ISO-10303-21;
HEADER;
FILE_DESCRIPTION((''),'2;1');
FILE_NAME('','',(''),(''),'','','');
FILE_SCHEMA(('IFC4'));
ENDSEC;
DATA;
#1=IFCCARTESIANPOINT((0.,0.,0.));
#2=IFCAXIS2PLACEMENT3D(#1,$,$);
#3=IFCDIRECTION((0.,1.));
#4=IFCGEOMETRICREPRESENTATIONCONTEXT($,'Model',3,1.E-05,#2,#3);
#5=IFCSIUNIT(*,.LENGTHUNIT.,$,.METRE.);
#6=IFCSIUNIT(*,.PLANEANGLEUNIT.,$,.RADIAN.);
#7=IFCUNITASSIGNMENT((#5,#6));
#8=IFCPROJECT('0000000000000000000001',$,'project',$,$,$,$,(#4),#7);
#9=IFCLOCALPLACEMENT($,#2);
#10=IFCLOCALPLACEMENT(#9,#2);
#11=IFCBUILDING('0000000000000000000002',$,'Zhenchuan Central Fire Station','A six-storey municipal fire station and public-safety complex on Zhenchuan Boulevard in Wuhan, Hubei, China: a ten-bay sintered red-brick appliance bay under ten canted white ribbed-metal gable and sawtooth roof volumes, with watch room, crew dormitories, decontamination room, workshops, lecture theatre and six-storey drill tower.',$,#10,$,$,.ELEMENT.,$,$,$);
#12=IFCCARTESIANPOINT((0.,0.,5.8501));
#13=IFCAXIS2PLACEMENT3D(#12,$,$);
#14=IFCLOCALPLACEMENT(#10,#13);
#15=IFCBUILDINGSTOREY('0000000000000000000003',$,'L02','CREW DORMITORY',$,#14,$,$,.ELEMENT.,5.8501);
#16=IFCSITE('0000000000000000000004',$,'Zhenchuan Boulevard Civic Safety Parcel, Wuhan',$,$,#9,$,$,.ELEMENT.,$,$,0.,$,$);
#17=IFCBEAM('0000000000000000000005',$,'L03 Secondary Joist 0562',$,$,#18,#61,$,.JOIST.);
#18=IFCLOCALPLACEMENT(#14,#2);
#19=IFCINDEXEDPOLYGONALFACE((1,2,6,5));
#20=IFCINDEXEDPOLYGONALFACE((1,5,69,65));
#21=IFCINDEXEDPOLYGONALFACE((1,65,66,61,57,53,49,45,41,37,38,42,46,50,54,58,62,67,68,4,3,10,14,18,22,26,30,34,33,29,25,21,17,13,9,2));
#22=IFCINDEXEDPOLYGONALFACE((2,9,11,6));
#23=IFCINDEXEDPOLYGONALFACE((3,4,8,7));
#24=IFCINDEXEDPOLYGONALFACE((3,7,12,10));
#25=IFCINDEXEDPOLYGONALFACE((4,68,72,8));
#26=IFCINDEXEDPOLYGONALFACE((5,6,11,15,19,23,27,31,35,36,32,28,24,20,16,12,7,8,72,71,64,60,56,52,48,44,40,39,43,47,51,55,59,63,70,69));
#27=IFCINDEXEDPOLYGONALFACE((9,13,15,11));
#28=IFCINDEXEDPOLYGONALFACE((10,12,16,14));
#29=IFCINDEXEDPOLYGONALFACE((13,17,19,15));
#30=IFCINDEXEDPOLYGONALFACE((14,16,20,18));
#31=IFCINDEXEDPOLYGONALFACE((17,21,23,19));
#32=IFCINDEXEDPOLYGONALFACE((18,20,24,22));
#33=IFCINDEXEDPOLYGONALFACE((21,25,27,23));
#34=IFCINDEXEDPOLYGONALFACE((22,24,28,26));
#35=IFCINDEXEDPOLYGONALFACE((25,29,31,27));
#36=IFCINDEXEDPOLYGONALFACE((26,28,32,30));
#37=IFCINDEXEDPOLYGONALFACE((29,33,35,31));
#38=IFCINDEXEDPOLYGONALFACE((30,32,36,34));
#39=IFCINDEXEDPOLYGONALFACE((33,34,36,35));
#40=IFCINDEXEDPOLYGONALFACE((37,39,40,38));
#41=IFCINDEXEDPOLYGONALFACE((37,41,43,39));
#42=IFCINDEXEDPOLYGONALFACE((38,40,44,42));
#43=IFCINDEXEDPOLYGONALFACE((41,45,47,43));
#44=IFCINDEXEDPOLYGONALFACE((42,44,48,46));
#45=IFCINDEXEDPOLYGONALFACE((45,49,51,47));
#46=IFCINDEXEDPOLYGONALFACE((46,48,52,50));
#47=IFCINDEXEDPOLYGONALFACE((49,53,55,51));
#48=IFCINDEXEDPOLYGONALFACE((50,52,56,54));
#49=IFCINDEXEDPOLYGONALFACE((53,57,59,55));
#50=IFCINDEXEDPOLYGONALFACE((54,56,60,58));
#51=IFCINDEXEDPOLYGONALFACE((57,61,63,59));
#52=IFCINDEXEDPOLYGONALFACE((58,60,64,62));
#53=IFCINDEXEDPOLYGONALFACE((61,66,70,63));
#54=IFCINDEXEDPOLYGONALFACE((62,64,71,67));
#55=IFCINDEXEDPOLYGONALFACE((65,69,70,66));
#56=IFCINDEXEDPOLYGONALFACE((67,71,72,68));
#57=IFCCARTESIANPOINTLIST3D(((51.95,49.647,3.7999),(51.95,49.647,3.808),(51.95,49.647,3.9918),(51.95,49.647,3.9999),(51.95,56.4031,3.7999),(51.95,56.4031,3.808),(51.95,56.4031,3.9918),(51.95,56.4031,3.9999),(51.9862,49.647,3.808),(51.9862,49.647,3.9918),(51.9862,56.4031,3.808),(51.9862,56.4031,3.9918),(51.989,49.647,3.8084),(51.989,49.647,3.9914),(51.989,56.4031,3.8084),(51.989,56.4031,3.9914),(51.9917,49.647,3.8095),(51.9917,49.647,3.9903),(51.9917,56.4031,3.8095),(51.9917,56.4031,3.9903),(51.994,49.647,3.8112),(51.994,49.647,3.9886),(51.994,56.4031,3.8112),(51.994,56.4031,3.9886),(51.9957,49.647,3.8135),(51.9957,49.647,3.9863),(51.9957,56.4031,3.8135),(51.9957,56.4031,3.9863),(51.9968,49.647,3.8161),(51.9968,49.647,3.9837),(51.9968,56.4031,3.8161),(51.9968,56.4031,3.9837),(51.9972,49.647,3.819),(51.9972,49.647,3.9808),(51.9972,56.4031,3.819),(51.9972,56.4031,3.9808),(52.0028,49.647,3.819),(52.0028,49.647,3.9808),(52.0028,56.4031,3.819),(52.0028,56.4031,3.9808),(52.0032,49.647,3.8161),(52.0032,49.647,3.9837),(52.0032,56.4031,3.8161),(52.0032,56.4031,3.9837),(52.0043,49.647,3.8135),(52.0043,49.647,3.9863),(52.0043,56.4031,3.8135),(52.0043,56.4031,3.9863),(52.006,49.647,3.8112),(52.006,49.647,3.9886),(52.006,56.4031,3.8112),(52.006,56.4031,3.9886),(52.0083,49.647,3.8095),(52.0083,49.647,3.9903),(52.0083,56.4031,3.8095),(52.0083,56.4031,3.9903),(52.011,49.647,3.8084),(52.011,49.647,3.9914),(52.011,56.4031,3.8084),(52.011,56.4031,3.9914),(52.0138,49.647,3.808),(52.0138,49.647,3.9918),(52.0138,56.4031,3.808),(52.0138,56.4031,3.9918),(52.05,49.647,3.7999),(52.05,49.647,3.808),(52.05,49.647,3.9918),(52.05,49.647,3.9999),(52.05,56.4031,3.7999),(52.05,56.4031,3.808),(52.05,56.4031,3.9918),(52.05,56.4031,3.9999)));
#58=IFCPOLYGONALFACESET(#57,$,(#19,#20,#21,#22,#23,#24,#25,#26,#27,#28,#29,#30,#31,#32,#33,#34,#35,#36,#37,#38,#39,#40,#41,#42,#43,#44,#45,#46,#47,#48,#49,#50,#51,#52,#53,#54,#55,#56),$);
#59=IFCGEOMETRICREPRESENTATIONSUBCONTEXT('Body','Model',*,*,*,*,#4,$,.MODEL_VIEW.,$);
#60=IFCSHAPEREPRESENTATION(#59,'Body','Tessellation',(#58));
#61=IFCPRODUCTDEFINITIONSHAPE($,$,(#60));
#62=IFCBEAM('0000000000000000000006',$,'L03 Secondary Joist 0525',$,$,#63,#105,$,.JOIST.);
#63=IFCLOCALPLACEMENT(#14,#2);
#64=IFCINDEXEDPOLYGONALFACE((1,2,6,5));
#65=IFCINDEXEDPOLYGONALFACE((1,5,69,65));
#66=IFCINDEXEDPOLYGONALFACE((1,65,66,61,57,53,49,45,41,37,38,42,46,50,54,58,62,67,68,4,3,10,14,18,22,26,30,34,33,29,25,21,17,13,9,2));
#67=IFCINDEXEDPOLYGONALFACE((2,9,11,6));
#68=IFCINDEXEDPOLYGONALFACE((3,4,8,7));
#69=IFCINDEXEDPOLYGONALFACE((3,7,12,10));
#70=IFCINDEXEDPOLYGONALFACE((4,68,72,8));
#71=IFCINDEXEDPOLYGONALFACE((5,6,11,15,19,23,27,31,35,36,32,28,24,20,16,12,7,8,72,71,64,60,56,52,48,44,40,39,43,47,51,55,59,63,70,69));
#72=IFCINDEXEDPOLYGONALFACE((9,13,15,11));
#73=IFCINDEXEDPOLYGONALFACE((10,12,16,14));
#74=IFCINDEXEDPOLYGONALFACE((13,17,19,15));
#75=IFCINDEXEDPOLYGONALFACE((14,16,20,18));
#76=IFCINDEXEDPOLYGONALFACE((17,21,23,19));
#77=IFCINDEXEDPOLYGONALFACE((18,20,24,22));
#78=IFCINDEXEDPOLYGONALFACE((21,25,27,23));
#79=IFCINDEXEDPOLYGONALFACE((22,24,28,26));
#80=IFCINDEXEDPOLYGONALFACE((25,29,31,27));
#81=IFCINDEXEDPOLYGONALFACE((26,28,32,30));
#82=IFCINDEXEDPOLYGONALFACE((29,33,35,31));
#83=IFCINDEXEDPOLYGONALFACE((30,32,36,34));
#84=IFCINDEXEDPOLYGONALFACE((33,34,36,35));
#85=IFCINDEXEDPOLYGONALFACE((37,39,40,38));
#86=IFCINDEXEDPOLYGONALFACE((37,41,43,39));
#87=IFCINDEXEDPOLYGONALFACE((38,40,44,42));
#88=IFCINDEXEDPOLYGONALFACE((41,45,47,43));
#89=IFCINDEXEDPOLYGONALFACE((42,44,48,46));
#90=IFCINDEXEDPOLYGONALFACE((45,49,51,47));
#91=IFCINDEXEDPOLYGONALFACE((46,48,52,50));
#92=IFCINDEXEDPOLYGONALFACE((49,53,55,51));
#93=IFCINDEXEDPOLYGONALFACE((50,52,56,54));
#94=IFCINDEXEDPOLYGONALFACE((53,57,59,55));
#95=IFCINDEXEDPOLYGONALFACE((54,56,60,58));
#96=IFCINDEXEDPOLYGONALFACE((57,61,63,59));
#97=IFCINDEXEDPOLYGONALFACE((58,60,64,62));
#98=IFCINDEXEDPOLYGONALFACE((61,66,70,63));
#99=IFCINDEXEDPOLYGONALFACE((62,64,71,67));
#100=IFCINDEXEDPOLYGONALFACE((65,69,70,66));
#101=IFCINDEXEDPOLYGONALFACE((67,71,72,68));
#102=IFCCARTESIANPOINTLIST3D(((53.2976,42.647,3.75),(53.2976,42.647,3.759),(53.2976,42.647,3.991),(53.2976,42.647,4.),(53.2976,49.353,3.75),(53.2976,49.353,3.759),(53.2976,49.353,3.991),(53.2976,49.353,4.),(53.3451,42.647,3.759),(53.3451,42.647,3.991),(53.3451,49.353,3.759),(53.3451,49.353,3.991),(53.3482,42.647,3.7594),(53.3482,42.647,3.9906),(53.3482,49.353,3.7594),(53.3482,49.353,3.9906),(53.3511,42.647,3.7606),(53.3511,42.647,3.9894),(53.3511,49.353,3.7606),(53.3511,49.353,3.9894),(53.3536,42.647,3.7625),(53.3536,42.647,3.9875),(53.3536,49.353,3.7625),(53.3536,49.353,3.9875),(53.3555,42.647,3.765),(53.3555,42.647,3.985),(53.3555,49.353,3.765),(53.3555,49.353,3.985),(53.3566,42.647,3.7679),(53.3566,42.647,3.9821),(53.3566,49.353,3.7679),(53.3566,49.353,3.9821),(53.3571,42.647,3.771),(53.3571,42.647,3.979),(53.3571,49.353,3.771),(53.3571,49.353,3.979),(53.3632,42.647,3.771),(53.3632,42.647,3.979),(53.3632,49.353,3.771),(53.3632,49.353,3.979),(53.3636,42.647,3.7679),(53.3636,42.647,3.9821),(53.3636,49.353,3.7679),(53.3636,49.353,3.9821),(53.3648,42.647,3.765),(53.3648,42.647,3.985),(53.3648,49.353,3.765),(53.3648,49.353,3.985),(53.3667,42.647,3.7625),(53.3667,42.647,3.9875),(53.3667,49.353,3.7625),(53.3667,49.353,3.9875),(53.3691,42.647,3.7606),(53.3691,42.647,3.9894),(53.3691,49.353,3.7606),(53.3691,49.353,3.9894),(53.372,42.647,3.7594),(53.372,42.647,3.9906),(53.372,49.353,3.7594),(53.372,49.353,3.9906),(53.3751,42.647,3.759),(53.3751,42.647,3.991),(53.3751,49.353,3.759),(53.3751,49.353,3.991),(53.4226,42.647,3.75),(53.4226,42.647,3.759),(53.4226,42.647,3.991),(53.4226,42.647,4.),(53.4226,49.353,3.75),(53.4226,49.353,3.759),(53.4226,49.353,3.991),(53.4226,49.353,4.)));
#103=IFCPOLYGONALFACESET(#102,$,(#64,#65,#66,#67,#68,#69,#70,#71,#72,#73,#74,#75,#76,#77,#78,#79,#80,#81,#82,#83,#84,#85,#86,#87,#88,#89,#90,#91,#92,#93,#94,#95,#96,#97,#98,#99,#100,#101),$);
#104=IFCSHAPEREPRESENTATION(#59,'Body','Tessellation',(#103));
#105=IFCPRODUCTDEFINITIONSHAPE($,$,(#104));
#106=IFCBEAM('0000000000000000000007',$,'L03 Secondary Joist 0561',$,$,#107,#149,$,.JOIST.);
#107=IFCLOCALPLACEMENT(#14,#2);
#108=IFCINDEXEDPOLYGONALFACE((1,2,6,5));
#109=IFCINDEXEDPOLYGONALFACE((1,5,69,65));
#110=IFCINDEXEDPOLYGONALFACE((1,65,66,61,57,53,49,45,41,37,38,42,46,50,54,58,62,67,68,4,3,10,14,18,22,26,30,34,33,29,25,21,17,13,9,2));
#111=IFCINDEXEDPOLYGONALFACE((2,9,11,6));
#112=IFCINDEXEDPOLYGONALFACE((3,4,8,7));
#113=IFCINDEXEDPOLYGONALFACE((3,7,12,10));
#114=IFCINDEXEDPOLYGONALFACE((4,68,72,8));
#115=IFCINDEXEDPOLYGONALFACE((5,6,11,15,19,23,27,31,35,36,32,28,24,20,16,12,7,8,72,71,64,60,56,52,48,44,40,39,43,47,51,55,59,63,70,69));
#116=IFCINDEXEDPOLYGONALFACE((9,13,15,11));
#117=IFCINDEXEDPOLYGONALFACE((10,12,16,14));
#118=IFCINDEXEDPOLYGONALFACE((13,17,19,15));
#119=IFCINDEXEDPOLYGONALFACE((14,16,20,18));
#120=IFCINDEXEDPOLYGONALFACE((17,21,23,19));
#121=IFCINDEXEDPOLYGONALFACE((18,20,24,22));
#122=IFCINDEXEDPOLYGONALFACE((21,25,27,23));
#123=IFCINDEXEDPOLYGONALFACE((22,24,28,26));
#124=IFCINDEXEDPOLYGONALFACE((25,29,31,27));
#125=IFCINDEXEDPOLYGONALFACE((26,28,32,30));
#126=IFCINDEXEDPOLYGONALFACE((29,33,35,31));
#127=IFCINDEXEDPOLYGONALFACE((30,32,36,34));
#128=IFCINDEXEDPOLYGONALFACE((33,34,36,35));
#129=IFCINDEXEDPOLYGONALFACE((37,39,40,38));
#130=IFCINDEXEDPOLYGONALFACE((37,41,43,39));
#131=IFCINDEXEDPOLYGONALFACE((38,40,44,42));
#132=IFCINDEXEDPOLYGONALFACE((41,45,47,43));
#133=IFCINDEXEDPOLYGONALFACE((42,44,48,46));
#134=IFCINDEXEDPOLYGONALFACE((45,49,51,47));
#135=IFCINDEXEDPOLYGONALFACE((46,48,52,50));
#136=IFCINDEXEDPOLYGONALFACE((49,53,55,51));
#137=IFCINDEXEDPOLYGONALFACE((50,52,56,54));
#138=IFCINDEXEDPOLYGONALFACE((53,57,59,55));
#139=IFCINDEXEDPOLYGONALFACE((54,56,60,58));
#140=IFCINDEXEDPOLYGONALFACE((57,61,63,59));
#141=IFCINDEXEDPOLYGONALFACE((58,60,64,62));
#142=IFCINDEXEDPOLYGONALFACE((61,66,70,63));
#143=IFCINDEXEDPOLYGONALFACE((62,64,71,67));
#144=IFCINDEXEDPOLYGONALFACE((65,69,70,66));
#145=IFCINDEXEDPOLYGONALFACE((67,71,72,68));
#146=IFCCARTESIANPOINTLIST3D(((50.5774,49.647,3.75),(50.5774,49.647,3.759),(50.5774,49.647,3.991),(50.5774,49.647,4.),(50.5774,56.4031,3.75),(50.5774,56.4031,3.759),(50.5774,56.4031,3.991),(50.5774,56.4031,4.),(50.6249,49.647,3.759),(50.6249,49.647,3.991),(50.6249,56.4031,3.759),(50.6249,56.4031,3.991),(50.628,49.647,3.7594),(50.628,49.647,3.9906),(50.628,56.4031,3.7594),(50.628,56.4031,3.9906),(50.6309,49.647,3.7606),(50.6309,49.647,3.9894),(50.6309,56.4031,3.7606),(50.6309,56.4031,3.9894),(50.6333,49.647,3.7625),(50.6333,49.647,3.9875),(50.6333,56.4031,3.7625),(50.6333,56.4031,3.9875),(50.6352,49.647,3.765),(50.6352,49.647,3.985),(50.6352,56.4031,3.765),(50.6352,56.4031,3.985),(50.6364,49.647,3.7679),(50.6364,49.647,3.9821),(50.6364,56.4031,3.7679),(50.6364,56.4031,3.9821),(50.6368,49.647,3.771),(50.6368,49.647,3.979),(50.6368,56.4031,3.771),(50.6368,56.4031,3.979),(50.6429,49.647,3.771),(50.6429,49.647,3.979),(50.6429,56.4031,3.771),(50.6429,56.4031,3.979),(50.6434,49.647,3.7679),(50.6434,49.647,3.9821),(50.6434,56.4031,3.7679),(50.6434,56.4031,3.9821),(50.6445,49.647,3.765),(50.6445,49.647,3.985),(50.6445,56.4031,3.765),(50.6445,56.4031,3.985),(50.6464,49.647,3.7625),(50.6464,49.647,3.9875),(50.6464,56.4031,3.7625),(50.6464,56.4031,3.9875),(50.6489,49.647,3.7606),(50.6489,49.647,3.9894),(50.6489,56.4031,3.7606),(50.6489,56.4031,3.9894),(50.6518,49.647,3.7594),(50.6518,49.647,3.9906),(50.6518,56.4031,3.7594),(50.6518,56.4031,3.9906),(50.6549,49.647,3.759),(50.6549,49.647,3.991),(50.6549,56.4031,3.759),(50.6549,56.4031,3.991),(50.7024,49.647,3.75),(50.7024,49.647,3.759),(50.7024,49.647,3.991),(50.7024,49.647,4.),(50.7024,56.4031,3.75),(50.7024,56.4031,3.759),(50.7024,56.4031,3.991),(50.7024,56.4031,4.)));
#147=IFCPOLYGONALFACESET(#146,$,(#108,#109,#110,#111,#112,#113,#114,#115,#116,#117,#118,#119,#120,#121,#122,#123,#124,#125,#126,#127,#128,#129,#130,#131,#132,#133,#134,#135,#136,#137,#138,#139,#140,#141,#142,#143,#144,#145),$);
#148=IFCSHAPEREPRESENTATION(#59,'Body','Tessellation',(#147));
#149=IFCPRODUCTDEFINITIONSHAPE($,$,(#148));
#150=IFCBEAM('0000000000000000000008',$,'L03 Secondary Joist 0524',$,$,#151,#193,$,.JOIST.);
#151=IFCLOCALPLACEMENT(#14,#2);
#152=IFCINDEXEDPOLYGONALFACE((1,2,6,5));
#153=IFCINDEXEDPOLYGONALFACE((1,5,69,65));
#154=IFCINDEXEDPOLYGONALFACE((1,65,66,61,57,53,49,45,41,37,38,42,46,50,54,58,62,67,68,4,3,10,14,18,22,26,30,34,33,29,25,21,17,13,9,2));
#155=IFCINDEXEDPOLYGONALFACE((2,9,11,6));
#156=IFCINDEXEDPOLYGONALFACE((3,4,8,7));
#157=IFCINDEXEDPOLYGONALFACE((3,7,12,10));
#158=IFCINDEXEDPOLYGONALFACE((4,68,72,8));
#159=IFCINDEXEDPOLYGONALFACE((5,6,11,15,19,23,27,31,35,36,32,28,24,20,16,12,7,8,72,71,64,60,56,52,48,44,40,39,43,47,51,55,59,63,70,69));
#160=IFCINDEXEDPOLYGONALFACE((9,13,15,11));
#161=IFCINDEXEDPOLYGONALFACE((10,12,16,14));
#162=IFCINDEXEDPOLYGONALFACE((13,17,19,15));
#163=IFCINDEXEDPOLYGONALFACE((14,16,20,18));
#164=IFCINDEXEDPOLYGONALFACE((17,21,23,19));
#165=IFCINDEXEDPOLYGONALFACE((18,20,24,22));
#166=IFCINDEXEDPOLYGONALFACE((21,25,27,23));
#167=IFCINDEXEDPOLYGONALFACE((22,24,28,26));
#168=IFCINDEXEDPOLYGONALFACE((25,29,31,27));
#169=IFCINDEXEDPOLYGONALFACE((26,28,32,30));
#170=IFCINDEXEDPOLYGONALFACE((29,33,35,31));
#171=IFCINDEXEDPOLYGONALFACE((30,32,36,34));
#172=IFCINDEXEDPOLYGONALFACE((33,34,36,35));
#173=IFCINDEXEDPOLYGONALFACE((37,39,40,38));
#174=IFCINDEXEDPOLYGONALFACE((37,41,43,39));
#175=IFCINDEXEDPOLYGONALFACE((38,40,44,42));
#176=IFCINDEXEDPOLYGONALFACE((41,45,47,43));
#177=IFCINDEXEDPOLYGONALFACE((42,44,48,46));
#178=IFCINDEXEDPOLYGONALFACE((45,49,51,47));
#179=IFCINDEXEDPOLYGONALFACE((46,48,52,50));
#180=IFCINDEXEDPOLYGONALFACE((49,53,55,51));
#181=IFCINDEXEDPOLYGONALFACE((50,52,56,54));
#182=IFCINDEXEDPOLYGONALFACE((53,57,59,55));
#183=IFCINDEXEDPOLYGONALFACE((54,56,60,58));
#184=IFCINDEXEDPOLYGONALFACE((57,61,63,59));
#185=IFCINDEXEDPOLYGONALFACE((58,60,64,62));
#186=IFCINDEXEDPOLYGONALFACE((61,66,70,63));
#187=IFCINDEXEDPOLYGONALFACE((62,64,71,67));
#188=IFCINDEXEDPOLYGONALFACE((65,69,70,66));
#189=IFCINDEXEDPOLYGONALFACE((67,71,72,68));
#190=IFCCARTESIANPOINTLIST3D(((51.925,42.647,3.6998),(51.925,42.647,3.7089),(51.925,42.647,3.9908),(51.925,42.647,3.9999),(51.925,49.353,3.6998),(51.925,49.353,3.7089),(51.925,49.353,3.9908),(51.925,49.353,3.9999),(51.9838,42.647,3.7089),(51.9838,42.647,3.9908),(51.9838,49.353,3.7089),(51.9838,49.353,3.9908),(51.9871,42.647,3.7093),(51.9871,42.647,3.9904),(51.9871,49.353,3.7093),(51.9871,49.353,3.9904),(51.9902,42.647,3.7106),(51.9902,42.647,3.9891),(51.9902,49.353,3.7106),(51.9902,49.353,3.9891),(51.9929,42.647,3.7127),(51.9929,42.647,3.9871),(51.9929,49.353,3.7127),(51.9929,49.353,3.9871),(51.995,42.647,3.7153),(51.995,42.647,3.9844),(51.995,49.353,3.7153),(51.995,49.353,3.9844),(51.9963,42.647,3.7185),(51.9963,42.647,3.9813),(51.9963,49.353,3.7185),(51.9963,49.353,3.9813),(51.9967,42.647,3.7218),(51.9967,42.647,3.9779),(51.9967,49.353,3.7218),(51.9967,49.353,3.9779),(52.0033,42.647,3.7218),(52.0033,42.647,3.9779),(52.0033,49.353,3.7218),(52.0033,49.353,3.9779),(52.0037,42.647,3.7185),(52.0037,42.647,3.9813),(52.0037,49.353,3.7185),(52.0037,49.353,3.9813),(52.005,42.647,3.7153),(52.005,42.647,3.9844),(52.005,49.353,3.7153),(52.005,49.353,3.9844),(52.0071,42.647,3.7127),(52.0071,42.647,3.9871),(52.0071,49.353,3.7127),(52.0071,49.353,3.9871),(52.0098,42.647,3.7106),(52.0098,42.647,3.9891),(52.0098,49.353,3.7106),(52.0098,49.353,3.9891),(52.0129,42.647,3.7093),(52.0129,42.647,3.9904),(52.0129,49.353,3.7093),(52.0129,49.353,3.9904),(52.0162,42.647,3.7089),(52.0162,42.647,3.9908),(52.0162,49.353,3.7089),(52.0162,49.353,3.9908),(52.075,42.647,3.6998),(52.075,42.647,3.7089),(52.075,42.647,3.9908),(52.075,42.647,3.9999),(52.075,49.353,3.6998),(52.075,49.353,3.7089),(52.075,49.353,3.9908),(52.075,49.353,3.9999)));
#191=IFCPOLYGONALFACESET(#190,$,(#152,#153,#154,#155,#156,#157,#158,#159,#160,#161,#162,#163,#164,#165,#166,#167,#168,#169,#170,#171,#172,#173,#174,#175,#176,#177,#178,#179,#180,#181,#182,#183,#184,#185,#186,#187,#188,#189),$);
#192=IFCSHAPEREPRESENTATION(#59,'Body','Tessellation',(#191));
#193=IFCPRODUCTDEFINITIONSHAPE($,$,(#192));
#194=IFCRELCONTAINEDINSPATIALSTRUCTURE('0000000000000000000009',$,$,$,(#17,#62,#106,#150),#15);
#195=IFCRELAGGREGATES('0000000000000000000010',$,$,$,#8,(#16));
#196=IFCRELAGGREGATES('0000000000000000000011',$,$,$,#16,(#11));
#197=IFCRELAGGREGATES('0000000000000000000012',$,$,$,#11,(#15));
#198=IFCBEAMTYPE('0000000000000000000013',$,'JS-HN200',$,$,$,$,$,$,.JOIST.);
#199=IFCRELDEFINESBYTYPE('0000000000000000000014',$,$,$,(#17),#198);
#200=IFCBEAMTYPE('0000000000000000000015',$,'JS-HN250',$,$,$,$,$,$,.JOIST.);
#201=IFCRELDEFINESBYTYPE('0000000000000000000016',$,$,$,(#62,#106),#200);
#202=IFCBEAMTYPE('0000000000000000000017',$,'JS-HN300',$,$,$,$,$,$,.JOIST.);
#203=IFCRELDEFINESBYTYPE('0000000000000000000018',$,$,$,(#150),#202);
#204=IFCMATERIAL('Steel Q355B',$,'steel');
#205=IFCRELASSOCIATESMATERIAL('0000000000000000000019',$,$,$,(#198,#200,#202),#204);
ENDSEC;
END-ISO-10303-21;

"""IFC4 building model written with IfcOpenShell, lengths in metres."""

from ifc_helpers import new_model, si_unit, direction, frame, origin, origin_2d, place, context, subcontext, project, spatial, i_section, extrude, material, material_profile, profile_set, type_object, element, save


model = new_model("IFC4")

# Units and contexts
model_context = context("Model", 3, precision=1e-05, world=origin(), true_north=direction((0.0, 1.0)))
body_context = subcontext(model_context, "Body", "Model", "MODEL_VIEW")
ifc_project = project(units=[si_unit("LENGTHUNIT", "METRE"), si_unit("PLANEANGLEUNIT", "RADIAN")], contexts=[model_context])

# Site, building, storey
site_placement = place(None, origin())
site = spatial("IfcSite", under=ifc_project, at=site_placement, Name="Zhenchuan Boulevard Civic Safety Parcel, Wuhan", CompositionType="ELEMENT", RefElevation=0.0)
building_placement = place(site_placement, origin())
building = spatial("IfcBuilding", under=site, at=building_placement, Name="Zhenchuan Central Fire Station", Description="A six-storey municipal fire station and public-safety complex on Zhenchuan Boulevard in Wuhan, Hubei, China: a ten-bay sintered red-brick appliance bay under ten canted white ribbed-metal gable and sawtooth roof volumes, with watch room, crew dormitories, decontamination room, workshops, lecture theatre and six-storey drill tower.", CompositionType="ELEMENT")
storey_placement = place(building_placement, frame((0.0, 0.0, 5.8501)))
storey = spatial("IfcBuildingStorey", under=building, at=storey_placement, Name="L02", Description="CREW DORMITORY", CompositionType="ELEMENT", Elevation=5.8501)

# Beams
ifc_material_1 = material(Name="Steel Q355B", Category="steel")
ifc_material_profile_1 = material_profile(ifc_material_1, i_section(OverallWidth=0.1001, OverallDepth=0.2, WebThickness=0.0056, FlangeThickness=0.0081, FilletRadius=0.011, at=origin_2d()), Name="HN 200x100")
ifc_profile_set_1 = profile_set([ifc_material_profile_1], Name="Steel Q355B")
beam_type_1 = type_object("IfcBeamType", Name="JS-HN200", PredefinedType="JOIST", material=ifc_profile_set_1)
beam_1_placement = place(storey_placement, frame((52.0, 49.647, 3.8999), z_axis=(0.0, 1.0, 0.0), x_axis=(-1.0, 0.0, 0.0)))
element("IfcBeam", 1, at=beam_1_placement, inside=storey, type_object=beam_type_1, Name="L03 Secondary Joist 0562", PredefinedType="JOIST", context=body_context, shape_type="SweptSolid", body=[
    extrude(i_section(OverallWidth=0.1001, OverallDepth=0.2, WebThickness=0.0056, FlangeThickness=0.0081, FilletRadius=0.011, at=origin_2d()), origin(), (0.0, 0.0, 1.0), 6.7561),
])
ifc_material_profile_2 = material_profile(ifc_material_1, i_section(OverallWidth=0.125, OverallDepth=0.25, WebThickness=0.0061, FlangeThickness=0.009, FilletRadius=0.012, at=origin_2d()), Name="HN 250x125")
ifc_profile_set_2 = profile_set([ifc_material_profile_2], Name="Steel Q355B")
beam_type_2 = type_object("IfcBeamType", Name="JS-HN250", PredefinedType="JOIST", material=ifc_profile_set_2)
beam_2_placement = place(storey_placement, frame((53.3601, 42.647, 3.875), z_axis=(0.0, 1.0, 0.0), x_axis=(-1.0, 0.0, 0.0)))
element("IfcBeam", 2, at=beam_2_placement, inside=storey, type_object=beam_type_2, Name="L03 Secondary Joist 0525", PredefinedType="JOIST", context=body_context, shape_type="SweptSolid", body=[
    extrude(i_section(OverallWidth=0.125, OverallDepth=0.25, WebThickness=0.0061, FlangeThickness=0.009, FilletRadius=0.012, at=origin_2d()), origin(), (0.0, 0.0, 1.0), 6.7061),
])
beam_3_placement = place(storey_placement, frame((50.6399, 49.647, 3.875), z_axis=(0.0, 1.0, 0.0), x_axis=(-1.0, 0.0, 0.0)))
element("IfcBeam", 3, at=beam_3_placement, inside=storey, type_object=beam_type_2, Name="L03 Secondary Joist 0561", PredefinedType="JOIST", context=body_context, shape_type="SweptSolid", body=[
    extrude(i_section(OverallWidth=0.125, OverallDepth=0.25, WebThickness=0.0061, FlangeThickness=0.009, FilletRadius=0.012, at=origin_2d()), origin(), (0.0, 0.0, 1.0), 6.7561),
])
ifc_material_profile_3 = material_profile(ifc_material_1, i_section(OverallWidth=0.1499, OverallDepth=0.3, WebThickness=0.0066, FlangeThickness=0.009, FilletRadius=0.0129, at=origin_2d()), Name="HN 300x150")
ifc_profile_set_3 = profile_set([ifc_material_profile_3], Name="Steel Q355B")
beam_type_3 = type_object("IfcBeamType", Name="JS-HN300", PredefinedType="JOIST", material=ifc_profile_set_3)
beam_4_placement = place(storey_placement, frame((52.0, 42.647, 3.8499), z_axis=(0.0, 1.0, 0.0), x_axis=(-1.0, 0.0, 0.0)))
element("IfcBeam", 4, at=beam_4_placement, inside=storey, type_object=beam_type_3, Name="L03 Secondary Joist 0524", PredefinedType="JOIST", context=body_context, shape_type="SweptSolid", body=[
    extrude(i_section(OverallWidth=0.1499, OverallDepth=0.3, WebThickness=0.0066, FlangeThickness=0.009, FilletRadius=0.0129, at=origin_2d()), origin(), (0.0, 0.0, 1.0), 6.7061),
])

save(model, "model.ifc")
